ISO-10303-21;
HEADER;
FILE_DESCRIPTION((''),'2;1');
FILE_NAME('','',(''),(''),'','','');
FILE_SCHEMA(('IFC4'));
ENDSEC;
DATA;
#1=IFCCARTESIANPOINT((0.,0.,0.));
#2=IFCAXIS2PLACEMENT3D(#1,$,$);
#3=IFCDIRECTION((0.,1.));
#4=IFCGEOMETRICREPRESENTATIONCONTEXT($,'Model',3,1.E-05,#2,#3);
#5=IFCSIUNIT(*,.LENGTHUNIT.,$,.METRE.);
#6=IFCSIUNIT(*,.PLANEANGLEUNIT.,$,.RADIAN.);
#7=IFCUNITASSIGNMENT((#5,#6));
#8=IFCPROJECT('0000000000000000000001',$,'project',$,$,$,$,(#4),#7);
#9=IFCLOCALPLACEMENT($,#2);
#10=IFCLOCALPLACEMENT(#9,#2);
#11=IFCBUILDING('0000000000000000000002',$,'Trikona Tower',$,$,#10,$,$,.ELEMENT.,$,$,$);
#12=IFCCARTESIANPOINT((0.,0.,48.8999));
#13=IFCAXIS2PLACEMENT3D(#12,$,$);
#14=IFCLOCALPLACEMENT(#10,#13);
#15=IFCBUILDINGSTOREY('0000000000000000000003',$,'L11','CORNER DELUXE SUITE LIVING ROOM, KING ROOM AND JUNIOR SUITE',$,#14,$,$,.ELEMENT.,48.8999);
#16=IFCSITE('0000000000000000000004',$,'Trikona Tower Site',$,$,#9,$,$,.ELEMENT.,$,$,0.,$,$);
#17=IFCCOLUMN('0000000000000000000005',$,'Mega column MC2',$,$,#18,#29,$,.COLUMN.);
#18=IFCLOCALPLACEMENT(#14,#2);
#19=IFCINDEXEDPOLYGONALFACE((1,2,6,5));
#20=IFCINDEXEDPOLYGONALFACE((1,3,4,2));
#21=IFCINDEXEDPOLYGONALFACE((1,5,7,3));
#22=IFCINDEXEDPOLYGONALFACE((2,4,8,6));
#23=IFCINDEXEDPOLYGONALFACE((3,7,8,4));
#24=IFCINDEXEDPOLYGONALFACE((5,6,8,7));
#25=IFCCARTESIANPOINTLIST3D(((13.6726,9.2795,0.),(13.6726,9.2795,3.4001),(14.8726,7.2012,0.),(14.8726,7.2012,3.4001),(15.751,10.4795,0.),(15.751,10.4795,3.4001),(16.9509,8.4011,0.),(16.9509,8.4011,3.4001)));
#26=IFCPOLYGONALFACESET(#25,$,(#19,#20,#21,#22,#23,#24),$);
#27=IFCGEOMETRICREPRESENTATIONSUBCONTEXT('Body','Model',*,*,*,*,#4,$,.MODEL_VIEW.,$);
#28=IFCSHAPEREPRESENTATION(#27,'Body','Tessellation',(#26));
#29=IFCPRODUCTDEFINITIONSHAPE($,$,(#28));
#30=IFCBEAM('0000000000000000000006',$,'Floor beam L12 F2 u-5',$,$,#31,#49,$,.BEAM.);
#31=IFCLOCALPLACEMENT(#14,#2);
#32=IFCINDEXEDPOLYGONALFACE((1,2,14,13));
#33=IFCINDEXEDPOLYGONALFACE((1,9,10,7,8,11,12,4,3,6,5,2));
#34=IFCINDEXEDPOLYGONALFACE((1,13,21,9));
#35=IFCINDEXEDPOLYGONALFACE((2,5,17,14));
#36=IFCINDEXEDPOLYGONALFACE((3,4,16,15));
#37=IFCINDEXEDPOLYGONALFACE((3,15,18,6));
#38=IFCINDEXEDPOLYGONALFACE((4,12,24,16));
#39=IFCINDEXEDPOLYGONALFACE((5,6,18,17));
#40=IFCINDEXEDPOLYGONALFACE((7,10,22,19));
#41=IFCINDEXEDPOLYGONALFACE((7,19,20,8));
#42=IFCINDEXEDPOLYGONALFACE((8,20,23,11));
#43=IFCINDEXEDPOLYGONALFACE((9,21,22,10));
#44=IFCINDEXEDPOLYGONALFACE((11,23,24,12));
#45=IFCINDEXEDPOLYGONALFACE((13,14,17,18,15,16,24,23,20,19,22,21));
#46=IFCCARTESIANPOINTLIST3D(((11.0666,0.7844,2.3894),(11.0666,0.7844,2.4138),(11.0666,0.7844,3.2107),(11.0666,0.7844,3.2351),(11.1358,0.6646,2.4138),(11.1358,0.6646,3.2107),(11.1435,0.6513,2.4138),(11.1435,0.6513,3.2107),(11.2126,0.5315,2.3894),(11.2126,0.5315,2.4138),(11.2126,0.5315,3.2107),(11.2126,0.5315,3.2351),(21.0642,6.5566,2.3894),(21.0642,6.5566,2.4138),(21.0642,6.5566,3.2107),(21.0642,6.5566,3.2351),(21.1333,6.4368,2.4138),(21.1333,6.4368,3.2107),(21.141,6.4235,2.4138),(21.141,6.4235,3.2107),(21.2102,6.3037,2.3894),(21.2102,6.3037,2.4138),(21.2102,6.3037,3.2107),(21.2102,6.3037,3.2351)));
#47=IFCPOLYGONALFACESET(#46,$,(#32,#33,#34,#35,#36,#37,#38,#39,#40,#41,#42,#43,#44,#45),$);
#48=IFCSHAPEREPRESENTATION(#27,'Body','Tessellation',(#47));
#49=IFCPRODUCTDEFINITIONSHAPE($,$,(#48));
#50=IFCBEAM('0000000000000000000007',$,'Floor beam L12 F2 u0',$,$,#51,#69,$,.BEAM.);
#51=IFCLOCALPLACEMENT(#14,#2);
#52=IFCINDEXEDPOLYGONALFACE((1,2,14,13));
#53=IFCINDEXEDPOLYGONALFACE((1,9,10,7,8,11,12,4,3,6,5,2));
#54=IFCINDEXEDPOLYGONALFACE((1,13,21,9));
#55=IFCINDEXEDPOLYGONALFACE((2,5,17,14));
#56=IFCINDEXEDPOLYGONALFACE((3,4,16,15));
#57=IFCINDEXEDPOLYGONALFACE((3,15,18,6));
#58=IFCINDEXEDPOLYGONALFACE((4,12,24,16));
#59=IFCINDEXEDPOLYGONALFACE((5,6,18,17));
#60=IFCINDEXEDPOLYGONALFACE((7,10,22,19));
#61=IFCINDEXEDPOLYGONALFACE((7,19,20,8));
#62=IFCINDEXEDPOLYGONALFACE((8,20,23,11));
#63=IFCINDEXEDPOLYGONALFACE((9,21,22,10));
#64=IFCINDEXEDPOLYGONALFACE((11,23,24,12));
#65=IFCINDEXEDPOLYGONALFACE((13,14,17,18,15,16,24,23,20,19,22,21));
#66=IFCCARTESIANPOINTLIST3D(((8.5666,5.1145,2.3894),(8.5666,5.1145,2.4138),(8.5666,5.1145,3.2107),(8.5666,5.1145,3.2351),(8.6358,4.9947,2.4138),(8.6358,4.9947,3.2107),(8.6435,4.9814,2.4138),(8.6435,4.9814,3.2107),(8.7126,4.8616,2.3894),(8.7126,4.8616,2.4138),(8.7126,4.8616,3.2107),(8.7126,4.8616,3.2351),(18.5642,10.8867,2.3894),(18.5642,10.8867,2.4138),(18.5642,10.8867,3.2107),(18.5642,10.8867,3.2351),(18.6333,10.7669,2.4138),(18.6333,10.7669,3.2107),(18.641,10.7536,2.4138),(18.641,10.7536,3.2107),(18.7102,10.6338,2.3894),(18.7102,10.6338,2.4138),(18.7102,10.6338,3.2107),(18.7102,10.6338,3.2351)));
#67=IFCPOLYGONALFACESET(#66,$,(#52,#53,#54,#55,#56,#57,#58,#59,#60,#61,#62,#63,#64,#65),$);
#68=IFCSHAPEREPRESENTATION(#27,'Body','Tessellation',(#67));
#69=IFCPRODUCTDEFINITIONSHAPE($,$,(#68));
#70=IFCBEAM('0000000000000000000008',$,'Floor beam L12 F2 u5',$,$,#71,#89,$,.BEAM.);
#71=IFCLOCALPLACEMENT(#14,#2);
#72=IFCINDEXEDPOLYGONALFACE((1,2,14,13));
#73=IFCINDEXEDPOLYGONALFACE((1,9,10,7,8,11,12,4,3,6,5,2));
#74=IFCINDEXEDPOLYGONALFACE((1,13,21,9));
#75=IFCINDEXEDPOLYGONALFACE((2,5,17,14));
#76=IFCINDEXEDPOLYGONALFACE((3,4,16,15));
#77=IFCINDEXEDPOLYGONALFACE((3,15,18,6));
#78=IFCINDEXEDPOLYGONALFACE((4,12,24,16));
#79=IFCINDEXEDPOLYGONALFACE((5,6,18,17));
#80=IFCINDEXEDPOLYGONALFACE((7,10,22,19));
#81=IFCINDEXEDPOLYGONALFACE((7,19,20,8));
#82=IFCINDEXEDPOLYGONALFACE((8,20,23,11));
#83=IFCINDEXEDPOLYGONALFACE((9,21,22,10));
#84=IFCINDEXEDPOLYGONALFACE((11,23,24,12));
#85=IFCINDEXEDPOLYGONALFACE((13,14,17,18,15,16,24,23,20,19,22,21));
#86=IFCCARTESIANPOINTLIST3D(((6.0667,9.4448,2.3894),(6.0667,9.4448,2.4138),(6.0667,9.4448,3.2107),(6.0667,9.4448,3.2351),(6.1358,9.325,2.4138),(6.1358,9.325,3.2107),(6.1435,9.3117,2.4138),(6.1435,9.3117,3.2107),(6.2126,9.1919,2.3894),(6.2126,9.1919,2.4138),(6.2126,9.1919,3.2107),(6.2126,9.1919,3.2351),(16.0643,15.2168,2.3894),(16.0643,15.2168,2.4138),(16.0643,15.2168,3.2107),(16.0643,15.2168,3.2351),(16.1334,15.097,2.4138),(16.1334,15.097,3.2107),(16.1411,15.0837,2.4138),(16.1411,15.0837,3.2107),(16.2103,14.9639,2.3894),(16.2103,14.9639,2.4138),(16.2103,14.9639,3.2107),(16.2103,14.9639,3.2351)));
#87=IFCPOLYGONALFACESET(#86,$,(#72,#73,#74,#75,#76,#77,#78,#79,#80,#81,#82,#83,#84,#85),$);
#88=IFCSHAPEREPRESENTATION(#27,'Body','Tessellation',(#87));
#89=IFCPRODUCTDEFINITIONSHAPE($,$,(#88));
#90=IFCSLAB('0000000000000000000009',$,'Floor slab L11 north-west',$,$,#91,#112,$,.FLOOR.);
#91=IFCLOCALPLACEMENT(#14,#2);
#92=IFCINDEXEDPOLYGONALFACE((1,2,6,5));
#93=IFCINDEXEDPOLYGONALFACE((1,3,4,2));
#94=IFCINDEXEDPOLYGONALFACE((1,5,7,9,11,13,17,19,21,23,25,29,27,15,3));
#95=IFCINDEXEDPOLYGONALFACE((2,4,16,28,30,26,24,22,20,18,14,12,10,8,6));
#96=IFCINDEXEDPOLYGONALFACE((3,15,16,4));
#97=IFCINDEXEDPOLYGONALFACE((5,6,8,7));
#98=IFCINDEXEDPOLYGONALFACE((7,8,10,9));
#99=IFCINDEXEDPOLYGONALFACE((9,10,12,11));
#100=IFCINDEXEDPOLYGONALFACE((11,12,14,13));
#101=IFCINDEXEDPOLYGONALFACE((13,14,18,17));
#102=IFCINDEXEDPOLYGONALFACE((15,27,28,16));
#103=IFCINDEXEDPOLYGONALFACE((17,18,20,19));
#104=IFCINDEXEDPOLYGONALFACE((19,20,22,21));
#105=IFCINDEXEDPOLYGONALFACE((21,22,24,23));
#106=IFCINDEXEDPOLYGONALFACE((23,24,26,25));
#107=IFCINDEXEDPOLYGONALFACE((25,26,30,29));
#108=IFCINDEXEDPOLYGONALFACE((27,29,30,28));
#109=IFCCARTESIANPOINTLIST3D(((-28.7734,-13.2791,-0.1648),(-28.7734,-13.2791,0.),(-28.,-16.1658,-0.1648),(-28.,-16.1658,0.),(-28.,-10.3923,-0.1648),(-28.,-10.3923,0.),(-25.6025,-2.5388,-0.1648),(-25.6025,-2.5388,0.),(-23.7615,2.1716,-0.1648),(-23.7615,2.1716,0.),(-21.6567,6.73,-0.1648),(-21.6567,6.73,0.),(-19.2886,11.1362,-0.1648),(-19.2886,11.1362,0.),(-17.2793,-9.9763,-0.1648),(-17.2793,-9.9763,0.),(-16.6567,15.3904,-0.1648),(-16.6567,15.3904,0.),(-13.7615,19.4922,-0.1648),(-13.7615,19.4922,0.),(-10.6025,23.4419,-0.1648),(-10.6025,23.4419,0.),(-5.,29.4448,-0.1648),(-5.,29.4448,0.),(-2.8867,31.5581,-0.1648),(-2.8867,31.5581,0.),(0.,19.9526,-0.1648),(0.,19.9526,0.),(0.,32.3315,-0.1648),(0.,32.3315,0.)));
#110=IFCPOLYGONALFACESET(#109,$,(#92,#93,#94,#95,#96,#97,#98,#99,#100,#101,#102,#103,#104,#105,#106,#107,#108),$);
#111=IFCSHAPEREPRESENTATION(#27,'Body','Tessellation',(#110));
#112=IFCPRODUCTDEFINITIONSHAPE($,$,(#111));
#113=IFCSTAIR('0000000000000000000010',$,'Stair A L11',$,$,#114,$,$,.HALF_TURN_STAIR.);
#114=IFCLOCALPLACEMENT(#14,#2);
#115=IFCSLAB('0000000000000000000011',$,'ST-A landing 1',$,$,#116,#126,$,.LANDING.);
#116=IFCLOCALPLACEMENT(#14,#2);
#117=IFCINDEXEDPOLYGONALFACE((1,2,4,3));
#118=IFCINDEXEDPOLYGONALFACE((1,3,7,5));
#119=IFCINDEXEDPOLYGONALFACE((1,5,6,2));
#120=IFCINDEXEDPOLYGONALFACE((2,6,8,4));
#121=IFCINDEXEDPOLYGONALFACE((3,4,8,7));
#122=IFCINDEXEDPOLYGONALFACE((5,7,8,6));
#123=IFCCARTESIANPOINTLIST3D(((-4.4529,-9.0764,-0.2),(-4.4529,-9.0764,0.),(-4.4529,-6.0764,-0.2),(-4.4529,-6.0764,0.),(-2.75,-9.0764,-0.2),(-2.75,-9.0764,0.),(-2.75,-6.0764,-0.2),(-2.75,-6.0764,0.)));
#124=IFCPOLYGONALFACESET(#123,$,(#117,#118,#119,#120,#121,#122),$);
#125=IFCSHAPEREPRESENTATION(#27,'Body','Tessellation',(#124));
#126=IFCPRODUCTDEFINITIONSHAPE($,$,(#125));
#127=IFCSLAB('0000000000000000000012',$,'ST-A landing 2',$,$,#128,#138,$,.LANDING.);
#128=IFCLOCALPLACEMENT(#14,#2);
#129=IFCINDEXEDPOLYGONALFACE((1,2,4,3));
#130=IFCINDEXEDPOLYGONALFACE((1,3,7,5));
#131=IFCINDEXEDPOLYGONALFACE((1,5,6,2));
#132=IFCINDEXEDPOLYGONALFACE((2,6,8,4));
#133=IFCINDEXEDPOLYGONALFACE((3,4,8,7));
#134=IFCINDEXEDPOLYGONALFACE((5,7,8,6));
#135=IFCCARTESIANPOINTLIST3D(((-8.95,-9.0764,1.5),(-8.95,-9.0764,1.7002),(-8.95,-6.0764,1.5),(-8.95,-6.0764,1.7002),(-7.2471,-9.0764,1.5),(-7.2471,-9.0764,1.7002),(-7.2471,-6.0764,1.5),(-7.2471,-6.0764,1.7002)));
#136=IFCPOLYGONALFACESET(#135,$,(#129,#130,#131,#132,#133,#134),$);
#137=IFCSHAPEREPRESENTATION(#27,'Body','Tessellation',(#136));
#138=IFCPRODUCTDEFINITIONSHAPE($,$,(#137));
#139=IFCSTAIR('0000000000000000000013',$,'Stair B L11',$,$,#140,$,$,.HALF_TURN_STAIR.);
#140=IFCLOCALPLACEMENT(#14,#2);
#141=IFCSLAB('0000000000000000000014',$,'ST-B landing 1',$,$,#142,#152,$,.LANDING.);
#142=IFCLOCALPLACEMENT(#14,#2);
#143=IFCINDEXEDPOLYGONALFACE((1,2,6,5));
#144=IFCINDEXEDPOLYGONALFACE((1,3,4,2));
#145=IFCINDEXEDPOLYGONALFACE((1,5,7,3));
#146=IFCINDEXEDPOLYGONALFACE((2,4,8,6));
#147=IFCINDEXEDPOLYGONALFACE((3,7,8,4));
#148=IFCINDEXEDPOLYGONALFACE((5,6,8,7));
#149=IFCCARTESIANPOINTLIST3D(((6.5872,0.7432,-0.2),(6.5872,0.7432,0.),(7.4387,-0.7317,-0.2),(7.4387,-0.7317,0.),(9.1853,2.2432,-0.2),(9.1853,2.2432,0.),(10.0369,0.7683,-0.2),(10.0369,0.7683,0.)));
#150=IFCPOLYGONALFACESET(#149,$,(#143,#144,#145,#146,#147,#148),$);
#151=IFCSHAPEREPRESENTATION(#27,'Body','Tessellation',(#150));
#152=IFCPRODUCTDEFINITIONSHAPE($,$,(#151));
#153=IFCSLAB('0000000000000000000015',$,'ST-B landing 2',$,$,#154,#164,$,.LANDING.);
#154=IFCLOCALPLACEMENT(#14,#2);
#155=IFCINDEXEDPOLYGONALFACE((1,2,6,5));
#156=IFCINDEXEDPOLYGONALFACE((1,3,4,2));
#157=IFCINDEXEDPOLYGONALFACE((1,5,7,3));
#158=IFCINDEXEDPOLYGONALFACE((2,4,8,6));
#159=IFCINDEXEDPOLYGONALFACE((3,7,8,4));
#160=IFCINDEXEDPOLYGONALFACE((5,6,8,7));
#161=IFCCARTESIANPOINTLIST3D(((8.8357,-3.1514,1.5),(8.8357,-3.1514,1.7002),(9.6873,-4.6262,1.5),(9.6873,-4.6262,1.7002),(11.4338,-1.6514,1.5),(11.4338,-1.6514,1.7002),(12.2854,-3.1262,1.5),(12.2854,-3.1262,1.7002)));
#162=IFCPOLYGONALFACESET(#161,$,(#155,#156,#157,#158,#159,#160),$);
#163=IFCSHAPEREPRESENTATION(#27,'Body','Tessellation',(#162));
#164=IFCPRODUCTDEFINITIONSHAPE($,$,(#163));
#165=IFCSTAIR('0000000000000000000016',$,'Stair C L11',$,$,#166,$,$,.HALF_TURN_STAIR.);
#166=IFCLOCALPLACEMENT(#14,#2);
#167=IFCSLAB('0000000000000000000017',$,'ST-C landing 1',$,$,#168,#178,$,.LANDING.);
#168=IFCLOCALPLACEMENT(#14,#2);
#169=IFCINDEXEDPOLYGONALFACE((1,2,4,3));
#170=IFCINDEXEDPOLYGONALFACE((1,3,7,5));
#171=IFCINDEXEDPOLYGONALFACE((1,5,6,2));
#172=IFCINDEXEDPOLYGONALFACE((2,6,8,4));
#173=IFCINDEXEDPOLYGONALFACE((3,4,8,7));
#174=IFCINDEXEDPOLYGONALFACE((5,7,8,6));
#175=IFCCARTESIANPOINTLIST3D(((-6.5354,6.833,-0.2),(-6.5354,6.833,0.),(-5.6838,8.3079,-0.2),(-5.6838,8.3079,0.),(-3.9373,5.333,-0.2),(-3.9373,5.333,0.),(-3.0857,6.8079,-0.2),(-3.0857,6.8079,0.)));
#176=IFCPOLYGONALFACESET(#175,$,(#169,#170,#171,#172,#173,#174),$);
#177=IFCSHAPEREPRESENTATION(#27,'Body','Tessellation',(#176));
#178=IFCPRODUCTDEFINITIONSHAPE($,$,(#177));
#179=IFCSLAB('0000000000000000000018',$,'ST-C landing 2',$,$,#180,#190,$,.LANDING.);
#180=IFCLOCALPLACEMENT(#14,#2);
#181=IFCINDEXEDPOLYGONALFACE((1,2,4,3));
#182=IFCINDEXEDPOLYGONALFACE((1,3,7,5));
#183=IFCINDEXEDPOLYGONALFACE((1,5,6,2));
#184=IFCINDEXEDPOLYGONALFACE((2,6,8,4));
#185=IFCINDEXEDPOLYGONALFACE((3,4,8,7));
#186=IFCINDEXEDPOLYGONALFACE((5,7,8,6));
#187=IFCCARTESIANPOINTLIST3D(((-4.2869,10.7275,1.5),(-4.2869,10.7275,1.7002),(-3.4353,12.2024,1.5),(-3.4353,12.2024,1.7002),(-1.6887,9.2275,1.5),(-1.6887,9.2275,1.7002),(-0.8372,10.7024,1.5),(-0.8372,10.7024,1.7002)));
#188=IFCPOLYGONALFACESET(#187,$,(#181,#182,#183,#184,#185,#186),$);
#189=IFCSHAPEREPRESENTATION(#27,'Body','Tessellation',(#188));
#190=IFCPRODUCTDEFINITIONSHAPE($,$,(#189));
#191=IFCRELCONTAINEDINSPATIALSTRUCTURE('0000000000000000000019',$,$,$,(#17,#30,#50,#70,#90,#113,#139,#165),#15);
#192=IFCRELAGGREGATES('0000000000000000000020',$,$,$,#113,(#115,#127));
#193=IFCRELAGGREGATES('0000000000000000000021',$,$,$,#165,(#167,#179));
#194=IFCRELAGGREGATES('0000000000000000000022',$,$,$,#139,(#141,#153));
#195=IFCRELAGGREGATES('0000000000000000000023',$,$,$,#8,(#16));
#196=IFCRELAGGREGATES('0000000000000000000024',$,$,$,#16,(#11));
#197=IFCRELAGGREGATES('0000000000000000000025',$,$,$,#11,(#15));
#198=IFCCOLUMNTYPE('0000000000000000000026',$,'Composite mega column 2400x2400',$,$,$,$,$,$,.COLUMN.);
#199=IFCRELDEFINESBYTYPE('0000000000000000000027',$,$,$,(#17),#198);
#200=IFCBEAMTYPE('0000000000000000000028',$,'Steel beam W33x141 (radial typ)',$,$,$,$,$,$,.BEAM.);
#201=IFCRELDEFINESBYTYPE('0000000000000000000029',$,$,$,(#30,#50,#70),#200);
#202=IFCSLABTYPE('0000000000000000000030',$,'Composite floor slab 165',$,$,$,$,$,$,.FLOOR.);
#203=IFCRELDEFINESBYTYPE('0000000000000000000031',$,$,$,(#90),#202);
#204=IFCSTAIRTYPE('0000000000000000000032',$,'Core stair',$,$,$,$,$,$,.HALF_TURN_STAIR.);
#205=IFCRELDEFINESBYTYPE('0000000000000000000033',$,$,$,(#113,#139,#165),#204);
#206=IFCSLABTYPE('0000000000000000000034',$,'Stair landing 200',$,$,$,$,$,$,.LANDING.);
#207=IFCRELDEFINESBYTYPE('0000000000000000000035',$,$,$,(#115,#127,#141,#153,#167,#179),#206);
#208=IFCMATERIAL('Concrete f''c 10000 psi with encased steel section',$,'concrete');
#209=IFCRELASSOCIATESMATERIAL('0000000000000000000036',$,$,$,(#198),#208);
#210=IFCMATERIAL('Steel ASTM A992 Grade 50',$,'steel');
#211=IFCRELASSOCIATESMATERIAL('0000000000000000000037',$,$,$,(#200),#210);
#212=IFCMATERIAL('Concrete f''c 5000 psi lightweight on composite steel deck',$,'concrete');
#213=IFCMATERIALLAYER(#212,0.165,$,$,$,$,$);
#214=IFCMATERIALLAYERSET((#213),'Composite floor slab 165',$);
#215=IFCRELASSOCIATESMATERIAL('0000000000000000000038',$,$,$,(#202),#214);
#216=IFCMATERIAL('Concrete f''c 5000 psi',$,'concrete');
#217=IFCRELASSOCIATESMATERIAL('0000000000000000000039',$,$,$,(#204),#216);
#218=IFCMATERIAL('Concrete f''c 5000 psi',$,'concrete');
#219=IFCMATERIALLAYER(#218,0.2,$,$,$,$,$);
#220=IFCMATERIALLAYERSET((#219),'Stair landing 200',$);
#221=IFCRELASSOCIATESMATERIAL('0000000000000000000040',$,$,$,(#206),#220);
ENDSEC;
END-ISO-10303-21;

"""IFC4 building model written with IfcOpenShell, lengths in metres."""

from ifc_helpers import new_model, si_unit, direction, frame, origin, origin_2d, place, context, subcontext, project, spatial, polyline, rectangle, i_section, outline, extrude, material, layer, layer_set, material_profile, profile_set, type_object, element, aggregate, save


model = new_model("IFC4")

# Units and contexts
model_context = context("Model", 3, precision=1e-05, world=origin(), true_north=direction((0.0, 1.0)))
body_context = subcontext(model_context, "Body", "Model", "MODEL_VIEW")
ifc_project = project(units=[si_unit("LENGTHUNIT", "METRE"), si_unit("PLANEANGLEUNIT", "RADIAN")], contexts=[model_context])

# Site, building, storey
site_placement = place(None, origin())
site = spatial("IfcSite", under=ifc_project, at=site_placement, Name="Trikona Tower Site", CompositionType="ELEMENT", RefElevation=0.0)
building_placement = place(site_placement, origin())
building = spatial("IfcBuilding", under=site, at=building_placement, Name="Trikona Tower", CompositionType="ELEMENT")
storey_placement = place(building_placement, frame((0.0, 0.0, 48.8999)))
storey = spatial("IfcBuildingStorey", under=building, at=storey_placement, Name="L11", Description="CORNER DELUXE SUITE LIVING ROOM, KING ROOM AND JUNIOR SUITE", CompositionType="ELEMENT", Elevation=48.8999)

# Column
ifc_material_1 = material(Name="Concrete f'c 10000 psi with encased steel section", Category="concrete")
ifc_material_profile_1 = material_profile(ifc_material_1, rectangle(XDim=2.3999, YDim=2.3999, at=origin_2d()), Name="MC2400")
ifc_profile_set_1 = profile_set([ifc_material_profile_1], Name="Concrete f'c 10000 psi with encased steel section")
column_type = type_object("IfcColumnType", Name="Composite mega column 2400x2400", PredefinedType="COLUMN", material=ifc_profile_set_1)
column_placement = place(storey_placement, frame((15.3118, 8.8403, 0.0), z_axis=(0.0, 0.0, 1.0), x_axis=(0.866025, 0.5, 0.0)))
element("IfcColumn", 1, at=column_placement, inside=storey, type_object=column_type, Name="Mega column MC2", PredefinedType="COLUMN", context=body_context, shape_type="SweptSolid", body=[
    extrude(rectangle(XDim=2.3999, YDim=2.3999, at=origin_2d()), origin(), (0.0, 0.0, 1.0), 3.4001),
])

# Beams
ifc_material_2 = material(Name="Steel ASTM A992 Grade 50", Category="steel")
ifc_material_profile_2 = material_profile(ifc_material_2, i_section(OverallWidth=0.292, OverallDepth=0.8457, WebThickness=0.0154, FlangeThickness=0.0244, at=origin_2d()), Name="W33X141")
ifc_profile_set_2 = profile_set([ifc_material_profile_2], Name="Steel ASTM A992 Grade 50")
beam_type = type_object("IfcBeamType", Name="Steel beam W33x141 (radial typ)", PredefinedType="BEAM", material=ifc_profile_set_2)
for number, where, z_axis, x_axis, name in (
    (2, (11.1396, 0.658, 2.8123), (0.866021, 0.500008, 0.0), (-0.500008, 0.866021, 0.0), "Floor beam L12 F2 u-5"),
    (3, (8.6396, 4.988, 2.8123), (0.866021, 0.500008, 0.0), (-0.500008, 0.866021, 0.0), "Floor beam L12 F2 u0"),
    (4, (6.1396, 9.3184, 2.8123), (0.86603, 0.499992, 0.0), (-0.499992, 0.86603, 0.0), "Floor beam L12 F2 u5"),
):
    element("IfcBeam", number, at=place(storey_placement, frame(where, z_axis=z_axis, x_axis=x_axis)), inside=storey, type_object=beam_type, Name=name, PredefinedType="BEAM", context=body_context, shape_type="SweptSolid", body=[
        extrude(i_section(OverallWidth=0.292, OverallDepth=0.8457, WebThickness=0.0154, FlangeThickness=0.0244, at=origin_2d()), origin(), (0.0, 0.0, 1.0), 11.5442),
    ])

# Slab
ifc_material_3 = material(Name="Concrete f'c 5000 psi lightweight on composite steel deck", Category="concrete")
ifc_layer_1 = layer(ifc_material_3, 0.165)
ifc_layer_set_1 = layer_set([ifc_layer_1], Name="Composite floor slab 165")
slab_type_1 = type_object("IfcSlabType", Name="Composite floor slab 165", PredefinedType="FLOOR", material=ifc_layer_set_1)
slab_1_placement = place(storey_placement, frame((0.0, 0.0, -0.1648)))
element("IfcSlab", 5, at=slab_1_placement, inside=storey, type_object=slab_type_1, Name="Floor slab L11 north-west", PredefinedType="FLOOR", context=body_context, shape_type="SweptSolid", body=[
    extrude(outline(polyline([(0.0, 19.9526), (0.0, 32.3315), (-2.8867, 31.5581), (-5.0, 29.4448), (-10.6025, 23.4419), (-13.7615, 19.4922), (-16.6567, 15.3904), (-19.2886, 11.1362), (-21.6567, 6.73), (-23.7615, 2.1716), (-25.6025, -2.5388), (-28.0, -10.3923), (-28.7734, -13.2791), (-28.0, -16.1658), (-17.2793, -9.9763), (0.0, 19.9526)])), origin(), (0.0, 0.0, 1.0), 0.1648),
])

# Stairs, slabs
ifc_material_4 = material(Name="Concrete f'c 5000 psi", Category="concrete")
stair_type = type_object("IfcStairType", Name="Core stair", PredefinedType="HALF_TURN_STAIR", material=ifc_material_4)
stair_1_placement = place(storey_placement, origin())
stair_1 = element("IfcStair", 6, at=stair_1_placement, inside=storey, type_object=stair_type, Name="Stair A L11", PredefinedType="HALF_TURN_STAIR")
ifc_material_5 = material(Name="Concrete f'c 5000 psi", Category="concrete")
ifc_layer_2 = layer(ifc_material_5, 0.2)
ifc_layer_set_2 = layer_set([ifc_layer_2], Name="Stair landing 200")
slab_type_2 = type_object("IfcSlabType", Name="Stair landing 200", PredefinedType="LANDING", material=ifc_layer_set_2)
slab_2_placement = place(storey_placement, frame((0.0, 0.0, -0.2)))
slab_2 = element("IfcSlab", 7, at=slab_2_placement, type_object=slab_type_2, Name="ST-A landing 1", PredefinedType="LANDING", context=body_context, shape_type="SweptSolid", body=[
    extrude(outline(polyline([(-4.4529, -6.0764), (-2.75, -6.0764), (-2.75, -9.0764), (-4.4529, -9.0764), (-4.4529, -6.0764)])), origin(), (0.0, 0.0, 1.0), 0.2),
])
slab_3_placement = place(storey_placement, frame((0.0, 0.0, 1.5)))
slab_3 = element("IfcSlab", 8, at=slab_3_placement, type_object=slab_type_2, Name="ST-A landing 2", PredefinedType="LANDING", context=body_context, shape_type="SweptSolid", body=[
    extrude(outline(polyline([(-8.95, -6.0764), (-7.2471, -6.0764), (-7.2471, -9.0764), (-8.95, -9.0764), (-8.95, -6.0764)])), origin(), (0.0, 0.0, 1.0), 0.2002),
])
aggregate(stair_1, [slab_2, slab_3])
stair_2_placement = place(storey_placement, origin())
stair_2 = element("IfcStair", 9, at=stair_2_placement, inside=storey, type_object=stair_type, Name="Stair B L11", PredefinedType="HALF_TURN_STAIR")
slab_4_placement = place(storey_placement, frame((0.0, 0.0, -0.2)))
slab_4 = element("IfcSlab", 10, at=slab_4_placement, type_object=slab_type_2, Name="ST-B landing 1", PredefinedType="LANDING", context=body_context, shape_type="SweptSolid", body=[
    extrude(outline(polyline([(7.4387, -0.7317), (6.5872, 0.7432), (9.1853, 2.2432), (10.0369, 0.7683), (7.4387, -0.7317)])), origin(), (0.0, 0.0, 1.0), 0.2),
])
slab_5_placement = place(storey_placement, frame((0.0, 0.0, 1.5)))
slab_5 = element("IfcSlab", 11, at=slab_5_placement, type_object=slab_type_2, Name="ST-B landing 2", PredefinedType="LANDING", context=body_context, shape_type="SweptSolid", body=[
    extrude(outline(polyline([(9.6873, -4.6262), (8.8357, -3.1514), (11.4338, -1.6514), (12.2854, -3.1262), (9.6873, -4.6262)])), origin(), (0.0, 0.0, 1.0), 0.2002),
])
stair_3_placement = place(storey_placement, origin())
stair_3 = element("IfcStair", 12, at=stair_3_placement, inside=storey, type_object=stair_type, Name="Stair C L11", PredefinedType="HALF_TURN_STAIR")
slab_6_placement = place(storey_placement, frame((0.0, 0.0, -0.2)))
slab_6 = element("IfcSlab", 13, at=slab_6_placement, type_object=slab_type_2, Name="ST-C landing 1", PredefinedType="LANDING", context=body_context, shape_type="SweptSolid", body=[
    extrude(outline(polyline([(-3.0857, 6.8079), (-3.9373, 5.333), (-6.5354, 6.833), (-5.6838, 8.3079), (-3.0857, 6.8079)])), origin(), (0.0, 0.0, 1.0), 0.2),
])
slab_7_placement = place(storey_placement, frame((0.0, 0.0, 1.5)))
slab_7 = element("IfcSlab", 14, at=slab_7_placement, type_object=slab_type_2, Name="ST-C landing 2", PredefinedType="LANDING", context=body_context, shape_type="SweptSolid", body=[
    extrude(outline(polyline([(-0.8372, 10.7024), (-1.6887, 9.2275), (-4.2869, 10.7275), (-3.4353, 12.2024), (-0.8372, 10.7024)])), origin(), (0.0, 0.0, 1.0), 0.2002),
])
aggregate(stair_3, [slab_6, slab_7])

aggregate(stair_2, [slab_4, slab_5])

save(model, "model.ifc")
